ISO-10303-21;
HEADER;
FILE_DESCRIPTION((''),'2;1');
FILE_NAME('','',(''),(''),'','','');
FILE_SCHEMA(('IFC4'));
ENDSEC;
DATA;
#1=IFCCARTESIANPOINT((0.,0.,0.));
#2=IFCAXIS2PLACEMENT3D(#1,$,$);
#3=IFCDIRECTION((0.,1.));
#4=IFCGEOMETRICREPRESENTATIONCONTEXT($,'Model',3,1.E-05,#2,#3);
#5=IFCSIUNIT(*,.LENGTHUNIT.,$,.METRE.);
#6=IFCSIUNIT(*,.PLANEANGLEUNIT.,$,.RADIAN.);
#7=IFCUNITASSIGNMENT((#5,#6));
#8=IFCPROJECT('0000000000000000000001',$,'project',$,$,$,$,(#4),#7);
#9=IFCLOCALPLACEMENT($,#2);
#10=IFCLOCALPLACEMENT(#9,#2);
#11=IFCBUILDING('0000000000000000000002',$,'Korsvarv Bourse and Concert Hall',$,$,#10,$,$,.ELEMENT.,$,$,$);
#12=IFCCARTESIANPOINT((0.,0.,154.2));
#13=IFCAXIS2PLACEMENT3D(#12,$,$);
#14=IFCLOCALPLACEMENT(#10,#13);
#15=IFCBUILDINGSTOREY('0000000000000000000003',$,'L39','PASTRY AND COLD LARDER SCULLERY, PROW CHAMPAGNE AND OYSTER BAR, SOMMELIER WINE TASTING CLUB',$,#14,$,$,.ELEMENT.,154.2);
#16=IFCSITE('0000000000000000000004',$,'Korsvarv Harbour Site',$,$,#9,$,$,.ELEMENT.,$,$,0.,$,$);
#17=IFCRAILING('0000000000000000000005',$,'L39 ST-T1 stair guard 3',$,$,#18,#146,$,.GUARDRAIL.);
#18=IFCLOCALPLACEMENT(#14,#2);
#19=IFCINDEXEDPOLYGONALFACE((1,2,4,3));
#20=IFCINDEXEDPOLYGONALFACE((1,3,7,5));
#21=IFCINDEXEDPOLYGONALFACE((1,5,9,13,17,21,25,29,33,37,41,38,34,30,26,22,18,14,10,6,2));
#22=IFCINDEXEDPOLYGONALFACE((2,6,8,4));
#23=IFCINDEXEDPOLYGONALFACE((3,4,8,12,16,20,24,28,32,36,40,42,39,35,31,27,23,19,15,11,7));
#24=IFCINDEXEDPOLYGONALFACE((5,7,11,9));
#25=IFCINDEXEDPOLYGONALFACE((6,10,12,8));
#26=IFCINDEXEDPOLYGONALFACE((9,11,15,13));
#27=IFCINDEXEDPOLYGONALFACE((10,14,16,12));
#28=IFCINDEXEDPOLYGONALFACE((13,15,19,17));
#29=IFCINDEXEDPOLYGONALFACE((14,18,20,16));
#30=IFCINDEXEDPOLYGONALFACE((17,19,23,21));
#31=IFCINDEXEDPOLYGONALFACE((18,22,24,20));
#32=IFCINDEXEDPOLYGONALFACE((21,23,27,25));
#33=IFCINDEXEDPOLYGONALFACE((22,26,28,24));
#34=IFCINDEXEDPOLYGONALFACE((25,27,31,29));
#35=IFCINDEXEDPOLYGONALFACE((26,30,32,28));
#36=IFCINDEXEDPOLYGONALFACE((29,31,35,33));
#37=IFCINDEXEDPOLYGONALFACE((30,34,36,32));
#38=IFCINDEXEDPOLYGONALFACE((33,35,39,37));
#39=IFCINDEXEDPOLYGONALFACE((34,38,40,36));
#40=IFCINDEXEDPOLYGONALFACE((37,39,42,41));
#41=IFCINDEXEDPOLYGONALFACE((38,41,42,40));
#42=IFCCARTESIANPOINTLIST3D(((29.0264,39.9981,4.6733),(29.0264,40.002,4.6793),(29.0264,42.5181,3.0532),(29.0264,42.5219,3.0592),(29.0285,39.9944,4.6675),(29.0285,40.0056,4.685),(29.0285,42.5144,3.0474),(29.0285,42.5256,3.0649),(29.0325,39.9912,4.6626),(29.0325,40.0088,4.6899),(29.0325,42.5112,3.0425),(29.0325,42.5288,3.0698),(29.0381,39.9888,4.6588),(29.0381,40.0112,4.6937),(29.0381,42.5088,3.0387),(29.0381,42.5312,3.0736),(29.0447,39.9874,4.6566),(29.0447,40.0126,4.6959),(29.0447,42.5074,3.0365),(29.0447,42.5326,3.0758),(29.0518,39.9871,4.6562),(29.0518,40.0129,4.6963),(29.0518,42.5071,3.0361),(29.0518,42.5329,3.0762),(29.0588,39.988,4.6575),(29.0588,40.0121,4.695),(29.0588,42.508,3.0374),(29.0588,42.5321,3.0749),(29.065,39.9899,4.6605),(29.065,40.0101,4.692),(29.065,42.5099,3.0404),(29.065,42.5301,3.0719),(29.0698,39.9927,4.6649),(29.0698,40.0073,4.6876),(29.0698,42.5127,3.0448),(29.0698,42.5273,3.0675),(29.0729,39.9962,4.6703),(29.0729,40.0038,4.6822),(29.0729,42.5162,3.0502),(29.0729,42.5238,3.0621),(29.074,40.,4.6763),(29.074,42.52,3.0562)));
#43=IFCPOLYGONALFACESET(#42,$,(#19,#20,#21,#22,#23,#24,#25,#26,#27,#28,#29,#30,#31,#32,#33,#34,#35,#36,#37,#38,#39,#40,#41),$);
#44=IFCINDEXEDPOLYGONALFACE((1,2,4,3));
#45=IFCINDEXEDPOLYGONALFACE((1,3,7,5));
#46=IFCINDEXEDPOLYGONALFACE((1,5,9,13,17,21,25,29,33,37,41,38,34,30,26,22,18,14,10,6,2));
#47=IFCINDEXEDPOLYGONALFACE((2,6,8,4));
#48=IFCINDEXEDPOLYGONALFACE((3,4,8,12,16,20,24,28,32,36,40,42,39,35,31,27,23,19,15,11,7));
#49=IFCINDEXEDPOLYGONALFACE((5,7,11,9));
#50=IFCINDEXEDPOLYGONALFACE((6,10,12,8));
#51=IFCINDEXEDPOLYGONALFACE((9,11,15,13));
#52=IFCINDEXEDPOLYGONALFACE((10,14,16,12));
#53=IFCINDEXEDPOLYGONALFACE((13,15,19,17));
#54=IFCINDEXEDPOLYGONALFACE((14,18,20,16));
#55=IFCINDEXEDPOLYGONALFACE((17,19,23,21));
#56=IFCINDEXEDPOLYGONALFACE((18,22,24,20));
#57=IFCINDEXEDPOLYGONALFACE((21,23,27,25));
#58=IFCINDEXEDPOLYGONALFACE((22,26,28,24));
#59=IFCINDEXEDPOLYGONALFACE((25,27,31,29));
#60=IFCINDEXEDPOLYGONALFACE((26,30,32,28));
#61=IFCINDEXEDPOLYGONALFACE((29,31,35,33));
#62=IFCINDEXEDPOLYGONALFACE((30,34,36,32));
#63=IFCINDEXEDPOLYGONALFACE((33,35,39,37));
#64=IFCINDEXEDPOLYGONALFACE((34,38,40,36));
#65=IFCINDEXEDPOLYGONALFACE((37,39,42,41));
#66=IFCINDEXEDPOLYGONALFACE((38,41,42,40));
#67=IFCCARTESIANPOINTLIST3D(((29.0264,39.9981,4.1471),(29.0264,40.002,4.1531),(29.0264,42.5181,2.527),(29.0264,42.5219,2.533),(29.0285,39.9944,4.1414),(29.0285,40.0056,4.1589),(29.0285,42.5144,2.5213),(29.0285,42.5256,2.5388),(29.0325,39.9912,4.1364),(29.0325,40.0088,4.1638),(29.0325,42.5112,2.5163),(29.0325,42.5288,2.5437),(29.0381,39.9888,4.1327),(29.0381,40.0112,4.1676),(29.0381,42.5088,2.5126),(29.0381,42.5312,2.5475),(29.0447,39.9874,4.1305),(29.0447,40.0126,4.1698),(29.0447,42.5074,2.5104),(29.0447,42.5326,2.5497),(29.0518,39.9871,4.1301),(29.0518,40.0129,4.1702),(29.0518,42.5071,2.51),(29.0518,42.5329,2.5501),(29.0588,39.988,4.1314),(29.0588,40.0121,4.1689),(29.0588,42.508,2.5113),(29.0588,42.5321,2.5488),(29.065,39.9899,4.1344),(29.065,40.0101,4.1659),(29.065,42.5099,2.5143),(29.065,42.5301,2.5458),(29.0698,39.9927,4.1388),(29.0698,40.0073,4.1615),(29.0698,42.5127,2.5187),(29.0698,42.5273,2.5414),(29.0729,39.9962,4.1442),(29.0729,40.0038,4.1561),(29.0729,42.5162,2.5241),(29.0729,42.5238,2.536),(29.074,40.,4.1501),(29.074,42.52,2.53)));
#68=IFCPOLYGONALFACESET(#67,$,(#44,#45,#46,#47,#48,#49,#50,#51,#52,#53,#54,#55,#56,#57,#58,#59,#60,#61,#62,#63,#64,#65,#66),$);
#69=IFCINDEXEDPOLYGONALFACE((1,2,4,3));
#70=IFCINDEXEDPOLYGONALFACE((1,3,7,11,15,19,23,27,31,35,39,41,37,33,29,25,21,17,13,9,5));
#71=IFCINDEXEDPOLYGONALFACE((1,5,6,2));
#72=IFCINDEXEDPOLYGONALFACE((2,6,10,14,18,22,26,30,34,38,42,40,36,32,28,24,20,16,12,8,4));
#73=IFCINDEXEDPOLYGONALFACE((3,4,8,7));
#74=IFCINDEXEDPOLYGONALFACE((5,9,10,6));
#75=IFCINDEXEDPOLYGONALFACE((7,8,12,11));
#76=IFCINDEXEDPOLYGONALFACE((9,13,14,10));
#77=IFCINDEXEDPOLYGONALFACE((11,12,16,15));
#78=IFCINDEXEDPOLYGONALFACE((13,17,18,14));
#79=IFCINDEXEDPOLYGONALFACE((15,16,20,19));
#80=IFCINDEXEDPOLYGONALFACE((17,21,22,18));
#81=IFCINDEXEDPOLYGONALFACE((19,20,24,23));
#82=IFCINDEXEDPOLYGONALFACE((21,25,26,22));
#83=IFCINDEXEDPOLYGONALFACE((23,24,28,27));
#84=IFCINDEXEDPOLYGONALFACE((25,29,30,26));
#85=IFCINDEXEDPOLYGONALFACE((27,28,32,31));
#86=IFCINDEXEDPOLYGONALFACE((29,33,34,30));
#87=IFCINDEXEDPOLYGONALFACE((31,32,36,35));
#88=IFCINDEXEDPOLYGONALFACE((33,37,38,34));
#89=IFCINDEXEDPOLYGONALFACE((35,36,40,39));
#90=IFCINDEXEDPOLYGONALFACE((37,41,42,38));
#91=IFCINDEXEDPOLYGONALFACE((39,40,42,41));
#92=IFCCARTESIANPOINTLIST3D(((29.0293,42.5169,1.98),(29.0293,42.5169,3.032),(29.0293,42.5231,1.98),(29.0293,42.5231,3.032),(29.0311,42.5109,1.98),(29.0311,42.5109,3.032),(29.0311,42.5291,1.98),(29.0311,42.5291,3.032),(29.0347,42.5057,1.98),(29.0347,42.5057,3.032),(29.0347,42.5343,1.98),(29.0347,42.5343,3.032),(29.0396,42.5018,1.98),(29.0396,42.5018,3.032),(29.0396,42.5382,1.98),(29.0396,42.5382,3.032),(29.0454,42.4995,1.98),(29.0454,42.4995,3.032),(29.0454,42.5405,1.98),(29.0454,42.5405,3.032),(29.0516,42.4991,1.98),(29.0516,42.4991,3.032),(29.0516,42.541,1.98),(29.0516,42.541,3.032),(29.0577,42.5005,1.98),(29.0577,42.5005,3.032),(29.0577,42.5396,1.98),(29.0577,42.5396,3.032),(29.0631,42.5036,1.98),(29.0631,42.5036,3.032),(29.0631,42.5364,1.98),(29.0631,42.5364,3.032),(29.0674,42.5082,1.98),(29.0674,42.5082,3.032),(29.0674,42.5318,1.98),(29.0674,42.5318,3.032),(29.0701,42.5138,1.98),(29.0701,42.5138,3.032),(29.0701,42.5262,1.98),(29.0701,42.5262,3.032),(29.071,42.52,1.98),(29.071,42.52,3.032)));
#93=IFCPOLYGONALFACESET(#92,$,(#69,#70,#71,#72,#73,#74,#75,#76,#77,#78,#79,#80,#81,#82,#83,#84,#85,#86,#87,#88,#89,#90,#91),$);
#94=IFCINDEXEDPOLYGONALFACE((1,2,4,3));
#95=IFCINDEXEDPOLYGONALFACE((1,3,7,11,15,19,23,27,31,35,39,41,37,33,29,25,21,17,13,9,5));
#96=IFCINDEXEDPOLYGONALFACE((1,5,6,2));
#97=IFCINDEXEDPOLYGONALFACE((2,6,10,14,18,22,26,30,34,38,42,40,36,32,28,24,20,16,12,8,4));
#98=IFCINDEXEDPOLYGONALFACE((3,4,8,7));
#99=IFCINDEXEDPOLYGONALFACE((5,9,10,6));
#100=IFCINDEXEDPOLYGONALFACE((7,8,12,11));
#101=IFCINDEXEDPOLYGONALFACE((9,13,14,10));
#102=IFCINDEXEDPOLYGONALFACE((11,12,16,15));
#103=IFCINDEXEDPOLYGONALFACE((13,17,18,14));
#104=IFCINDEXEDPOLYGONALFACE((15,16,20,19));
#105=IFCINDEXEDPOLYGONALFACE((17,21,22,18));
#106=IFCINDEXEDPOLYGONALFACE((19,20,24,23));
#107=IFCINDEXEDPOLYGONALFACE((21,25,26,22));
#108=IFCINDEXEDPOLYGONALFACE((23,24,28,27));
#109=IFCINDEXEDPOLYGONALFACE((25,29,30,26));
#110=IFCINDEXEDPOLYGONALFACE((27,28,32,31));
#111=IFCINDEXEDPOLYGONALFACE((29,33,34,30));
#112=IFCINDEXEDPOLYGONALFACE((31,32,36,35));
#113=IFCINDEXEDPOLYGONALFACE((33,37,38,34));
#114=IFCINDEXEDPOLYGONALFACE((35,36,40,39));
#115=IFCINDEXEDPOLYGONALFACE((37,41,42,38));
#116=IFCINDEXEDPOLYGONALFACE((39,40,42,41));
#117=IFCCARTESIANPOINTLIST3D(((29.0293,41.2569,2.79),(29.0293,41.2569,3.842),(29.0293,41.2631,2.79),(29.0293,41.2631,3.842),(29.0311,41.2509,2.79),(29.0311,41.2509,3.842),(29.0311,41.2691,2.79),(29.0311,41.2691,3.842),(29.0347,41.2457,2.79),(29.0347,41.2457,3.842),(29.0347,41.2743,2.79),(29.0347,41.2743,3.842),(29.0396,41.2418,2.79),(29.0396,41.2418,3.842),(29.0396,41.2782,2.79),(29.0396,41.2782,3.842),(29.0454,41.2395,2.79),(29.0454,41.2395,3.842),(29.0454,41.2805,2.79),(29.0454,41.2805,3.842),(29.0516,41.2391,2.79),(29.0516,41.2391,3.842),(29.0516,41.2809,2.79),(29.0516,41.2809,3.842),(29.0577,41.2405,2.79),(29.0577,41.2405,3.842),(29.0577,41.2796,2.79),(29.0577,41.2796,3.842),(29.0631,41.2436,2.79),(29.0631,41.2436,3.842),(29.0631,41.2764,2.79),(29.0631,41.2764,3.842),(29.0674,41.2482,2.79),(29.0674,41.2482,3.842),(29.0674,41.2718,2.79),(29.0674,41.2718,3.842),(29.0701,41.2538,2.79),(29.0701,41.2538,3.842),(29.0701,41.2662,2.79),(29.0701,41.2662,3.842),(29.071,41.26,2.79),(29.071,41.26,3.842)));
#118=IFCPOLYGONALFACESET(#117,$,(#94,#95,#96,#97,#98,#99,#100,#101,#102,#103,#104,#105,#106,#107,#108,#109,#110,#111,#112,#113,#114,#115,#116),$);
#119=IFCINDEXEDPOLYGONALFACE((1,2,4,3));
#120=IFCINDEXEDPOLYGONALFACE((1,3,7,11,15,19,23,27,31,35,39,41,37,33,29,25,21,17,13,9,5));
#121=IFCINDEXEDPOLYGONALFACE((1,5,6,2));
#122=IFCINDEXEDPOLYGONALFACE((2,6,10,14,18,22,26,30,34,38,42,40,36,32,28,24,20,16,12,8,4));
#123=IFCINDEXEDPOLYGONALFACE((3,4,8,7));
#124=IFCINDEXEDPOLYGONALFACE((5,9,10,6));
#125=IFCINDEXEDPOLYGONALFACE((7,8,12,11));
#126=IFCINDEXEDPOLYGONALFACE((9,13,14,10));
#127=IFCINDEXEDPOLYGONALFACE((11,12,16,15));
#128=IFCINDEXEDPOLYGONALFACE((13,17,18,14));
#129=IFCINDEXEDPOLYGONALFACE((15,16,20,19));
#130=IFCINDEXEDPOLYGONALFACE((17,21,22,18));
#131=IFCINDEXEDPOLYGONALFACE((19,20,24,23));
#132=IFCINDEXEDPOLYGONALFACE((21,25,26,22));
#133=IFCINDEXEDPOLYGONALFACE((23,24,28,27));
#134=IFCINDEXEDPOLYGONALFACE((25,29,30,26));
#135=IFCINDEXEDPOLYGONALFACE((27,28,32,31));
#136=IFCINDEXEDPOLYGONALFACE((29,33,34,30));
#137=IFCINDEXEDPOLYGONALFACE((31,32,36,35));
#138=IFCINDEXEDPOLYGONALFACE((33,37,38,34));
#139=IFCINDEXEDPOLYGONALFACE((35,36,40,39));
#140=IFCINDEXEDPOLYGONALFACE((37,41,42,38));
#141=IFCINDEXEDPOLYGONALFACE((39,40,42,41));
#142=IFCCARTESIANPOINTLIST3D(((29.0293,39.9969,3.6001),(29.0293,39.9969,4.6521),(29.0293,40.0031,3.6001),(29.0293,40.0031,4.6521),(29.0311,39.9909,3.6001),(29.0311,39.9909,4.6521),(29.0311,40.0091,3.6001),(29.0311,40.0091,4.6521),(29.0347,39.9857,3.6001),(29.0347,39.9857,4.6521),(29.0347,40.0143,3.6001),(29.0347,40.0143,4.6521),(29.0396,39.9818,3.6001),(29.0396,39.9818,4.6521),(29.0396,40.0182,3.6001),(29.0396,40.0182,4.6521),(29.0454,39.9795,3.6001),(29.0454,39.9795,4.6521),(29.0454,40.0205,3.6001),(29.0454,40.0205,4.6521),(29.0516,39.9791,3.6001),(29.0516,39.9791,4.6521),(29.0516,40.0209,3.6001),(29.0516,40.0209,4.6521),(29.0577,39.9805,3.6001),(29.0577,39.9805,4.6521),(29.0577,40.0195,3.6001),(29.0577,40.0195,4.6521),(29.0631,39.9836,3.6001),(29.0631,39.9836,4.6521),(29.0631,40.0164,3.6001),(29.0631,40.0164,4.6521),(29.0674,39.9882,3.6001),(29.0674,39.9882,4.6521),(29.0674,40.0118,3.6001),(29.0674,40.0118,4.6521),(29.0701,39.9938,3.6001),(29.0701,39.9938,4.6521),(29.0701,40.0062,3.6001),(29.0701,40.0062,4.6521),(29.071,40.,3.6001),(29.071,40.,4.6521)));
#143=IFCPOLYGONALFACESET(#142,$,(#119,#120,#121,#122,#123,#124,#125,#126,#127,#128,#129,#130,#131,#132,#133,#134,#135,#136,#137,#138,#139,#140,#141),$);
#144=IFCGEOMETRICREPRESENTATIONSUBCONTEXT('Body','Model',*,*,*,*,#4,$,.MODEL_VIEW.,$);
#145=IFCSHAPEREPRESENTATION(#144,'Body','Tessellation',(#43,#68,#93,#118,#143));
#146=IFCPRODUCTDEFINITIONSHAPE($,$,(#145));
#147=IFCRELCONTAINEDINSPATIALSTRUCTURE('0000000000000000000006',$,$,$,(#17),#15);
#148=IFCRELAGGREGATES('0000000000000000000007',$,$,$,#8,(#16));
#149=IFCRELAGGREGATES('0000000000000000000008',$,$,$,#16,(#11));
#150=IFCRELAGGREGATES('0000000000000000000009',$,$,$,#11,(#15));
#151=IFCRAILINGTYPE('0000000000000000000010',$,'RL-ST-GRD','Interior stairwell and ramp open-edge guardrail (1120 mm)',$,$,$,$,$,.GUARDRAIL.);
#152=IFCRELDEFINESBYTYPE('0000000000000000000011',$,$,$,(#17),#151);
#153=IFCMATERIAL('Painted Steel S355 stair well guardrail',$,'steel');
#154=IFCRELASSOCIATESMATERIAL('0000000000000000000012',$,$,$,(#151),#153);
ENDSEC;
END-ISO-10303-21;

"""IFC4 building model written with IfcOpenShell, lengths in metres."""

from ifc_helpers import new_model, si_unit, direction, frame, origin, origin_2d, place, context, subcontext, project, spatial, circle, extrude, material, type_object, element, save


model = new_model("IFC4")

# Units and contexts
model_context = context("Model", 3, precision=1e-05, world=origin(), true_north=direction((0.0, 1.0)))
body_context = subcontext(model_context, "Body", "Model", "MODEL_VIEW")
ifc_project = project(units=[si_unit("LENGTHUNIT", "METRE"), si_unit("PLANEANGLEUNIT", "RADIAN")], contexts=[model_context])

# Site, building, storey
site_placement = place(None, origin())
site = spatial("IfcSite", under=ifc_project, at=site_placement, Name="Korsvarv Harbour Site", CompositionType="ELEMENT", RefElevation=0.0)
building_placement = place(site_placement, origin())
building = spatial("IfcBuilding", under=site, at=building_placement, Name="Korsvarv Bourse and Concert Hall", CompositionType="ELEMENT")
storey_placement = place(building_placement, frame((0.0, 0.0, 154.2)))
storey = spatial("IfcBuildingStorey", under=building, at=storey_placement, Name="L39", Description="PASTRY AND COLD LARDER SCULLERY, PROW CHAMPAGNE AND OYSTER BAR, SOMMELIER WINE TASTING CLUB", CompositionType="ELEMENT", Elevation=154.2)

# Railing
ifc_material_1 = material(Name="Painted Steel S355 stair well guardrail", Category="steel")
railing_type_1 = type_object("IfcRailingType", Name="RL-ST-GRD", Description="Interior stairwell and ramp open-edge guardrail (1120 mm)", PredefinedType="GUARDRAIL", material=ifc_material_1)
railing_1_placement = place(storey_placement, frame((29.05, 42.52, 1.98)))
element("IfcRailing", 1, at=railing_1_placement, inside=storey, type_object=railing_type_1, Name="L39 ST-T1 stair guard 3", PredefinedType="GUARDRAIL", context=body_context, shape_type="SweptSolid", body=[
    extrude(circle(Radius=0.0239, at=origin_2d()), frame((0.0, 0.0, 1.0762), z_axis=(0.0, -0.841163, 0.540782), x_axis=(1.0, 0.0, 0.0)), (0.0, 0.0, 1.0), 2.9958),
    extrude(circle(Radius=0.0239, at=origin_2d()), frame((0.0, 0.0, 0.55), z_axis=(0.0, -0.841163, 0.540782), x_axis=(1.0, 0.0, 0.0)), (0.0, 0.0, 1.0), 2.9958),
    extrude(circle(Radius=0.021, at=origin_2d()), origin(), (0.0, 0.0, 1.0), 1.052),
    extrude(circle(Radius=0.021, at=origin_2d()), frame((0.0, -1.26, 0.8101)), (0.0, 0.0, 1.0), 1.052),
    extrude(circle(Radius=0.021, at=origin_2d()), frame((0.0, -2.52, 1.6201)), (0.0, 0.0, 1.0), 1.052),
])

save(model, "model.ifc")
